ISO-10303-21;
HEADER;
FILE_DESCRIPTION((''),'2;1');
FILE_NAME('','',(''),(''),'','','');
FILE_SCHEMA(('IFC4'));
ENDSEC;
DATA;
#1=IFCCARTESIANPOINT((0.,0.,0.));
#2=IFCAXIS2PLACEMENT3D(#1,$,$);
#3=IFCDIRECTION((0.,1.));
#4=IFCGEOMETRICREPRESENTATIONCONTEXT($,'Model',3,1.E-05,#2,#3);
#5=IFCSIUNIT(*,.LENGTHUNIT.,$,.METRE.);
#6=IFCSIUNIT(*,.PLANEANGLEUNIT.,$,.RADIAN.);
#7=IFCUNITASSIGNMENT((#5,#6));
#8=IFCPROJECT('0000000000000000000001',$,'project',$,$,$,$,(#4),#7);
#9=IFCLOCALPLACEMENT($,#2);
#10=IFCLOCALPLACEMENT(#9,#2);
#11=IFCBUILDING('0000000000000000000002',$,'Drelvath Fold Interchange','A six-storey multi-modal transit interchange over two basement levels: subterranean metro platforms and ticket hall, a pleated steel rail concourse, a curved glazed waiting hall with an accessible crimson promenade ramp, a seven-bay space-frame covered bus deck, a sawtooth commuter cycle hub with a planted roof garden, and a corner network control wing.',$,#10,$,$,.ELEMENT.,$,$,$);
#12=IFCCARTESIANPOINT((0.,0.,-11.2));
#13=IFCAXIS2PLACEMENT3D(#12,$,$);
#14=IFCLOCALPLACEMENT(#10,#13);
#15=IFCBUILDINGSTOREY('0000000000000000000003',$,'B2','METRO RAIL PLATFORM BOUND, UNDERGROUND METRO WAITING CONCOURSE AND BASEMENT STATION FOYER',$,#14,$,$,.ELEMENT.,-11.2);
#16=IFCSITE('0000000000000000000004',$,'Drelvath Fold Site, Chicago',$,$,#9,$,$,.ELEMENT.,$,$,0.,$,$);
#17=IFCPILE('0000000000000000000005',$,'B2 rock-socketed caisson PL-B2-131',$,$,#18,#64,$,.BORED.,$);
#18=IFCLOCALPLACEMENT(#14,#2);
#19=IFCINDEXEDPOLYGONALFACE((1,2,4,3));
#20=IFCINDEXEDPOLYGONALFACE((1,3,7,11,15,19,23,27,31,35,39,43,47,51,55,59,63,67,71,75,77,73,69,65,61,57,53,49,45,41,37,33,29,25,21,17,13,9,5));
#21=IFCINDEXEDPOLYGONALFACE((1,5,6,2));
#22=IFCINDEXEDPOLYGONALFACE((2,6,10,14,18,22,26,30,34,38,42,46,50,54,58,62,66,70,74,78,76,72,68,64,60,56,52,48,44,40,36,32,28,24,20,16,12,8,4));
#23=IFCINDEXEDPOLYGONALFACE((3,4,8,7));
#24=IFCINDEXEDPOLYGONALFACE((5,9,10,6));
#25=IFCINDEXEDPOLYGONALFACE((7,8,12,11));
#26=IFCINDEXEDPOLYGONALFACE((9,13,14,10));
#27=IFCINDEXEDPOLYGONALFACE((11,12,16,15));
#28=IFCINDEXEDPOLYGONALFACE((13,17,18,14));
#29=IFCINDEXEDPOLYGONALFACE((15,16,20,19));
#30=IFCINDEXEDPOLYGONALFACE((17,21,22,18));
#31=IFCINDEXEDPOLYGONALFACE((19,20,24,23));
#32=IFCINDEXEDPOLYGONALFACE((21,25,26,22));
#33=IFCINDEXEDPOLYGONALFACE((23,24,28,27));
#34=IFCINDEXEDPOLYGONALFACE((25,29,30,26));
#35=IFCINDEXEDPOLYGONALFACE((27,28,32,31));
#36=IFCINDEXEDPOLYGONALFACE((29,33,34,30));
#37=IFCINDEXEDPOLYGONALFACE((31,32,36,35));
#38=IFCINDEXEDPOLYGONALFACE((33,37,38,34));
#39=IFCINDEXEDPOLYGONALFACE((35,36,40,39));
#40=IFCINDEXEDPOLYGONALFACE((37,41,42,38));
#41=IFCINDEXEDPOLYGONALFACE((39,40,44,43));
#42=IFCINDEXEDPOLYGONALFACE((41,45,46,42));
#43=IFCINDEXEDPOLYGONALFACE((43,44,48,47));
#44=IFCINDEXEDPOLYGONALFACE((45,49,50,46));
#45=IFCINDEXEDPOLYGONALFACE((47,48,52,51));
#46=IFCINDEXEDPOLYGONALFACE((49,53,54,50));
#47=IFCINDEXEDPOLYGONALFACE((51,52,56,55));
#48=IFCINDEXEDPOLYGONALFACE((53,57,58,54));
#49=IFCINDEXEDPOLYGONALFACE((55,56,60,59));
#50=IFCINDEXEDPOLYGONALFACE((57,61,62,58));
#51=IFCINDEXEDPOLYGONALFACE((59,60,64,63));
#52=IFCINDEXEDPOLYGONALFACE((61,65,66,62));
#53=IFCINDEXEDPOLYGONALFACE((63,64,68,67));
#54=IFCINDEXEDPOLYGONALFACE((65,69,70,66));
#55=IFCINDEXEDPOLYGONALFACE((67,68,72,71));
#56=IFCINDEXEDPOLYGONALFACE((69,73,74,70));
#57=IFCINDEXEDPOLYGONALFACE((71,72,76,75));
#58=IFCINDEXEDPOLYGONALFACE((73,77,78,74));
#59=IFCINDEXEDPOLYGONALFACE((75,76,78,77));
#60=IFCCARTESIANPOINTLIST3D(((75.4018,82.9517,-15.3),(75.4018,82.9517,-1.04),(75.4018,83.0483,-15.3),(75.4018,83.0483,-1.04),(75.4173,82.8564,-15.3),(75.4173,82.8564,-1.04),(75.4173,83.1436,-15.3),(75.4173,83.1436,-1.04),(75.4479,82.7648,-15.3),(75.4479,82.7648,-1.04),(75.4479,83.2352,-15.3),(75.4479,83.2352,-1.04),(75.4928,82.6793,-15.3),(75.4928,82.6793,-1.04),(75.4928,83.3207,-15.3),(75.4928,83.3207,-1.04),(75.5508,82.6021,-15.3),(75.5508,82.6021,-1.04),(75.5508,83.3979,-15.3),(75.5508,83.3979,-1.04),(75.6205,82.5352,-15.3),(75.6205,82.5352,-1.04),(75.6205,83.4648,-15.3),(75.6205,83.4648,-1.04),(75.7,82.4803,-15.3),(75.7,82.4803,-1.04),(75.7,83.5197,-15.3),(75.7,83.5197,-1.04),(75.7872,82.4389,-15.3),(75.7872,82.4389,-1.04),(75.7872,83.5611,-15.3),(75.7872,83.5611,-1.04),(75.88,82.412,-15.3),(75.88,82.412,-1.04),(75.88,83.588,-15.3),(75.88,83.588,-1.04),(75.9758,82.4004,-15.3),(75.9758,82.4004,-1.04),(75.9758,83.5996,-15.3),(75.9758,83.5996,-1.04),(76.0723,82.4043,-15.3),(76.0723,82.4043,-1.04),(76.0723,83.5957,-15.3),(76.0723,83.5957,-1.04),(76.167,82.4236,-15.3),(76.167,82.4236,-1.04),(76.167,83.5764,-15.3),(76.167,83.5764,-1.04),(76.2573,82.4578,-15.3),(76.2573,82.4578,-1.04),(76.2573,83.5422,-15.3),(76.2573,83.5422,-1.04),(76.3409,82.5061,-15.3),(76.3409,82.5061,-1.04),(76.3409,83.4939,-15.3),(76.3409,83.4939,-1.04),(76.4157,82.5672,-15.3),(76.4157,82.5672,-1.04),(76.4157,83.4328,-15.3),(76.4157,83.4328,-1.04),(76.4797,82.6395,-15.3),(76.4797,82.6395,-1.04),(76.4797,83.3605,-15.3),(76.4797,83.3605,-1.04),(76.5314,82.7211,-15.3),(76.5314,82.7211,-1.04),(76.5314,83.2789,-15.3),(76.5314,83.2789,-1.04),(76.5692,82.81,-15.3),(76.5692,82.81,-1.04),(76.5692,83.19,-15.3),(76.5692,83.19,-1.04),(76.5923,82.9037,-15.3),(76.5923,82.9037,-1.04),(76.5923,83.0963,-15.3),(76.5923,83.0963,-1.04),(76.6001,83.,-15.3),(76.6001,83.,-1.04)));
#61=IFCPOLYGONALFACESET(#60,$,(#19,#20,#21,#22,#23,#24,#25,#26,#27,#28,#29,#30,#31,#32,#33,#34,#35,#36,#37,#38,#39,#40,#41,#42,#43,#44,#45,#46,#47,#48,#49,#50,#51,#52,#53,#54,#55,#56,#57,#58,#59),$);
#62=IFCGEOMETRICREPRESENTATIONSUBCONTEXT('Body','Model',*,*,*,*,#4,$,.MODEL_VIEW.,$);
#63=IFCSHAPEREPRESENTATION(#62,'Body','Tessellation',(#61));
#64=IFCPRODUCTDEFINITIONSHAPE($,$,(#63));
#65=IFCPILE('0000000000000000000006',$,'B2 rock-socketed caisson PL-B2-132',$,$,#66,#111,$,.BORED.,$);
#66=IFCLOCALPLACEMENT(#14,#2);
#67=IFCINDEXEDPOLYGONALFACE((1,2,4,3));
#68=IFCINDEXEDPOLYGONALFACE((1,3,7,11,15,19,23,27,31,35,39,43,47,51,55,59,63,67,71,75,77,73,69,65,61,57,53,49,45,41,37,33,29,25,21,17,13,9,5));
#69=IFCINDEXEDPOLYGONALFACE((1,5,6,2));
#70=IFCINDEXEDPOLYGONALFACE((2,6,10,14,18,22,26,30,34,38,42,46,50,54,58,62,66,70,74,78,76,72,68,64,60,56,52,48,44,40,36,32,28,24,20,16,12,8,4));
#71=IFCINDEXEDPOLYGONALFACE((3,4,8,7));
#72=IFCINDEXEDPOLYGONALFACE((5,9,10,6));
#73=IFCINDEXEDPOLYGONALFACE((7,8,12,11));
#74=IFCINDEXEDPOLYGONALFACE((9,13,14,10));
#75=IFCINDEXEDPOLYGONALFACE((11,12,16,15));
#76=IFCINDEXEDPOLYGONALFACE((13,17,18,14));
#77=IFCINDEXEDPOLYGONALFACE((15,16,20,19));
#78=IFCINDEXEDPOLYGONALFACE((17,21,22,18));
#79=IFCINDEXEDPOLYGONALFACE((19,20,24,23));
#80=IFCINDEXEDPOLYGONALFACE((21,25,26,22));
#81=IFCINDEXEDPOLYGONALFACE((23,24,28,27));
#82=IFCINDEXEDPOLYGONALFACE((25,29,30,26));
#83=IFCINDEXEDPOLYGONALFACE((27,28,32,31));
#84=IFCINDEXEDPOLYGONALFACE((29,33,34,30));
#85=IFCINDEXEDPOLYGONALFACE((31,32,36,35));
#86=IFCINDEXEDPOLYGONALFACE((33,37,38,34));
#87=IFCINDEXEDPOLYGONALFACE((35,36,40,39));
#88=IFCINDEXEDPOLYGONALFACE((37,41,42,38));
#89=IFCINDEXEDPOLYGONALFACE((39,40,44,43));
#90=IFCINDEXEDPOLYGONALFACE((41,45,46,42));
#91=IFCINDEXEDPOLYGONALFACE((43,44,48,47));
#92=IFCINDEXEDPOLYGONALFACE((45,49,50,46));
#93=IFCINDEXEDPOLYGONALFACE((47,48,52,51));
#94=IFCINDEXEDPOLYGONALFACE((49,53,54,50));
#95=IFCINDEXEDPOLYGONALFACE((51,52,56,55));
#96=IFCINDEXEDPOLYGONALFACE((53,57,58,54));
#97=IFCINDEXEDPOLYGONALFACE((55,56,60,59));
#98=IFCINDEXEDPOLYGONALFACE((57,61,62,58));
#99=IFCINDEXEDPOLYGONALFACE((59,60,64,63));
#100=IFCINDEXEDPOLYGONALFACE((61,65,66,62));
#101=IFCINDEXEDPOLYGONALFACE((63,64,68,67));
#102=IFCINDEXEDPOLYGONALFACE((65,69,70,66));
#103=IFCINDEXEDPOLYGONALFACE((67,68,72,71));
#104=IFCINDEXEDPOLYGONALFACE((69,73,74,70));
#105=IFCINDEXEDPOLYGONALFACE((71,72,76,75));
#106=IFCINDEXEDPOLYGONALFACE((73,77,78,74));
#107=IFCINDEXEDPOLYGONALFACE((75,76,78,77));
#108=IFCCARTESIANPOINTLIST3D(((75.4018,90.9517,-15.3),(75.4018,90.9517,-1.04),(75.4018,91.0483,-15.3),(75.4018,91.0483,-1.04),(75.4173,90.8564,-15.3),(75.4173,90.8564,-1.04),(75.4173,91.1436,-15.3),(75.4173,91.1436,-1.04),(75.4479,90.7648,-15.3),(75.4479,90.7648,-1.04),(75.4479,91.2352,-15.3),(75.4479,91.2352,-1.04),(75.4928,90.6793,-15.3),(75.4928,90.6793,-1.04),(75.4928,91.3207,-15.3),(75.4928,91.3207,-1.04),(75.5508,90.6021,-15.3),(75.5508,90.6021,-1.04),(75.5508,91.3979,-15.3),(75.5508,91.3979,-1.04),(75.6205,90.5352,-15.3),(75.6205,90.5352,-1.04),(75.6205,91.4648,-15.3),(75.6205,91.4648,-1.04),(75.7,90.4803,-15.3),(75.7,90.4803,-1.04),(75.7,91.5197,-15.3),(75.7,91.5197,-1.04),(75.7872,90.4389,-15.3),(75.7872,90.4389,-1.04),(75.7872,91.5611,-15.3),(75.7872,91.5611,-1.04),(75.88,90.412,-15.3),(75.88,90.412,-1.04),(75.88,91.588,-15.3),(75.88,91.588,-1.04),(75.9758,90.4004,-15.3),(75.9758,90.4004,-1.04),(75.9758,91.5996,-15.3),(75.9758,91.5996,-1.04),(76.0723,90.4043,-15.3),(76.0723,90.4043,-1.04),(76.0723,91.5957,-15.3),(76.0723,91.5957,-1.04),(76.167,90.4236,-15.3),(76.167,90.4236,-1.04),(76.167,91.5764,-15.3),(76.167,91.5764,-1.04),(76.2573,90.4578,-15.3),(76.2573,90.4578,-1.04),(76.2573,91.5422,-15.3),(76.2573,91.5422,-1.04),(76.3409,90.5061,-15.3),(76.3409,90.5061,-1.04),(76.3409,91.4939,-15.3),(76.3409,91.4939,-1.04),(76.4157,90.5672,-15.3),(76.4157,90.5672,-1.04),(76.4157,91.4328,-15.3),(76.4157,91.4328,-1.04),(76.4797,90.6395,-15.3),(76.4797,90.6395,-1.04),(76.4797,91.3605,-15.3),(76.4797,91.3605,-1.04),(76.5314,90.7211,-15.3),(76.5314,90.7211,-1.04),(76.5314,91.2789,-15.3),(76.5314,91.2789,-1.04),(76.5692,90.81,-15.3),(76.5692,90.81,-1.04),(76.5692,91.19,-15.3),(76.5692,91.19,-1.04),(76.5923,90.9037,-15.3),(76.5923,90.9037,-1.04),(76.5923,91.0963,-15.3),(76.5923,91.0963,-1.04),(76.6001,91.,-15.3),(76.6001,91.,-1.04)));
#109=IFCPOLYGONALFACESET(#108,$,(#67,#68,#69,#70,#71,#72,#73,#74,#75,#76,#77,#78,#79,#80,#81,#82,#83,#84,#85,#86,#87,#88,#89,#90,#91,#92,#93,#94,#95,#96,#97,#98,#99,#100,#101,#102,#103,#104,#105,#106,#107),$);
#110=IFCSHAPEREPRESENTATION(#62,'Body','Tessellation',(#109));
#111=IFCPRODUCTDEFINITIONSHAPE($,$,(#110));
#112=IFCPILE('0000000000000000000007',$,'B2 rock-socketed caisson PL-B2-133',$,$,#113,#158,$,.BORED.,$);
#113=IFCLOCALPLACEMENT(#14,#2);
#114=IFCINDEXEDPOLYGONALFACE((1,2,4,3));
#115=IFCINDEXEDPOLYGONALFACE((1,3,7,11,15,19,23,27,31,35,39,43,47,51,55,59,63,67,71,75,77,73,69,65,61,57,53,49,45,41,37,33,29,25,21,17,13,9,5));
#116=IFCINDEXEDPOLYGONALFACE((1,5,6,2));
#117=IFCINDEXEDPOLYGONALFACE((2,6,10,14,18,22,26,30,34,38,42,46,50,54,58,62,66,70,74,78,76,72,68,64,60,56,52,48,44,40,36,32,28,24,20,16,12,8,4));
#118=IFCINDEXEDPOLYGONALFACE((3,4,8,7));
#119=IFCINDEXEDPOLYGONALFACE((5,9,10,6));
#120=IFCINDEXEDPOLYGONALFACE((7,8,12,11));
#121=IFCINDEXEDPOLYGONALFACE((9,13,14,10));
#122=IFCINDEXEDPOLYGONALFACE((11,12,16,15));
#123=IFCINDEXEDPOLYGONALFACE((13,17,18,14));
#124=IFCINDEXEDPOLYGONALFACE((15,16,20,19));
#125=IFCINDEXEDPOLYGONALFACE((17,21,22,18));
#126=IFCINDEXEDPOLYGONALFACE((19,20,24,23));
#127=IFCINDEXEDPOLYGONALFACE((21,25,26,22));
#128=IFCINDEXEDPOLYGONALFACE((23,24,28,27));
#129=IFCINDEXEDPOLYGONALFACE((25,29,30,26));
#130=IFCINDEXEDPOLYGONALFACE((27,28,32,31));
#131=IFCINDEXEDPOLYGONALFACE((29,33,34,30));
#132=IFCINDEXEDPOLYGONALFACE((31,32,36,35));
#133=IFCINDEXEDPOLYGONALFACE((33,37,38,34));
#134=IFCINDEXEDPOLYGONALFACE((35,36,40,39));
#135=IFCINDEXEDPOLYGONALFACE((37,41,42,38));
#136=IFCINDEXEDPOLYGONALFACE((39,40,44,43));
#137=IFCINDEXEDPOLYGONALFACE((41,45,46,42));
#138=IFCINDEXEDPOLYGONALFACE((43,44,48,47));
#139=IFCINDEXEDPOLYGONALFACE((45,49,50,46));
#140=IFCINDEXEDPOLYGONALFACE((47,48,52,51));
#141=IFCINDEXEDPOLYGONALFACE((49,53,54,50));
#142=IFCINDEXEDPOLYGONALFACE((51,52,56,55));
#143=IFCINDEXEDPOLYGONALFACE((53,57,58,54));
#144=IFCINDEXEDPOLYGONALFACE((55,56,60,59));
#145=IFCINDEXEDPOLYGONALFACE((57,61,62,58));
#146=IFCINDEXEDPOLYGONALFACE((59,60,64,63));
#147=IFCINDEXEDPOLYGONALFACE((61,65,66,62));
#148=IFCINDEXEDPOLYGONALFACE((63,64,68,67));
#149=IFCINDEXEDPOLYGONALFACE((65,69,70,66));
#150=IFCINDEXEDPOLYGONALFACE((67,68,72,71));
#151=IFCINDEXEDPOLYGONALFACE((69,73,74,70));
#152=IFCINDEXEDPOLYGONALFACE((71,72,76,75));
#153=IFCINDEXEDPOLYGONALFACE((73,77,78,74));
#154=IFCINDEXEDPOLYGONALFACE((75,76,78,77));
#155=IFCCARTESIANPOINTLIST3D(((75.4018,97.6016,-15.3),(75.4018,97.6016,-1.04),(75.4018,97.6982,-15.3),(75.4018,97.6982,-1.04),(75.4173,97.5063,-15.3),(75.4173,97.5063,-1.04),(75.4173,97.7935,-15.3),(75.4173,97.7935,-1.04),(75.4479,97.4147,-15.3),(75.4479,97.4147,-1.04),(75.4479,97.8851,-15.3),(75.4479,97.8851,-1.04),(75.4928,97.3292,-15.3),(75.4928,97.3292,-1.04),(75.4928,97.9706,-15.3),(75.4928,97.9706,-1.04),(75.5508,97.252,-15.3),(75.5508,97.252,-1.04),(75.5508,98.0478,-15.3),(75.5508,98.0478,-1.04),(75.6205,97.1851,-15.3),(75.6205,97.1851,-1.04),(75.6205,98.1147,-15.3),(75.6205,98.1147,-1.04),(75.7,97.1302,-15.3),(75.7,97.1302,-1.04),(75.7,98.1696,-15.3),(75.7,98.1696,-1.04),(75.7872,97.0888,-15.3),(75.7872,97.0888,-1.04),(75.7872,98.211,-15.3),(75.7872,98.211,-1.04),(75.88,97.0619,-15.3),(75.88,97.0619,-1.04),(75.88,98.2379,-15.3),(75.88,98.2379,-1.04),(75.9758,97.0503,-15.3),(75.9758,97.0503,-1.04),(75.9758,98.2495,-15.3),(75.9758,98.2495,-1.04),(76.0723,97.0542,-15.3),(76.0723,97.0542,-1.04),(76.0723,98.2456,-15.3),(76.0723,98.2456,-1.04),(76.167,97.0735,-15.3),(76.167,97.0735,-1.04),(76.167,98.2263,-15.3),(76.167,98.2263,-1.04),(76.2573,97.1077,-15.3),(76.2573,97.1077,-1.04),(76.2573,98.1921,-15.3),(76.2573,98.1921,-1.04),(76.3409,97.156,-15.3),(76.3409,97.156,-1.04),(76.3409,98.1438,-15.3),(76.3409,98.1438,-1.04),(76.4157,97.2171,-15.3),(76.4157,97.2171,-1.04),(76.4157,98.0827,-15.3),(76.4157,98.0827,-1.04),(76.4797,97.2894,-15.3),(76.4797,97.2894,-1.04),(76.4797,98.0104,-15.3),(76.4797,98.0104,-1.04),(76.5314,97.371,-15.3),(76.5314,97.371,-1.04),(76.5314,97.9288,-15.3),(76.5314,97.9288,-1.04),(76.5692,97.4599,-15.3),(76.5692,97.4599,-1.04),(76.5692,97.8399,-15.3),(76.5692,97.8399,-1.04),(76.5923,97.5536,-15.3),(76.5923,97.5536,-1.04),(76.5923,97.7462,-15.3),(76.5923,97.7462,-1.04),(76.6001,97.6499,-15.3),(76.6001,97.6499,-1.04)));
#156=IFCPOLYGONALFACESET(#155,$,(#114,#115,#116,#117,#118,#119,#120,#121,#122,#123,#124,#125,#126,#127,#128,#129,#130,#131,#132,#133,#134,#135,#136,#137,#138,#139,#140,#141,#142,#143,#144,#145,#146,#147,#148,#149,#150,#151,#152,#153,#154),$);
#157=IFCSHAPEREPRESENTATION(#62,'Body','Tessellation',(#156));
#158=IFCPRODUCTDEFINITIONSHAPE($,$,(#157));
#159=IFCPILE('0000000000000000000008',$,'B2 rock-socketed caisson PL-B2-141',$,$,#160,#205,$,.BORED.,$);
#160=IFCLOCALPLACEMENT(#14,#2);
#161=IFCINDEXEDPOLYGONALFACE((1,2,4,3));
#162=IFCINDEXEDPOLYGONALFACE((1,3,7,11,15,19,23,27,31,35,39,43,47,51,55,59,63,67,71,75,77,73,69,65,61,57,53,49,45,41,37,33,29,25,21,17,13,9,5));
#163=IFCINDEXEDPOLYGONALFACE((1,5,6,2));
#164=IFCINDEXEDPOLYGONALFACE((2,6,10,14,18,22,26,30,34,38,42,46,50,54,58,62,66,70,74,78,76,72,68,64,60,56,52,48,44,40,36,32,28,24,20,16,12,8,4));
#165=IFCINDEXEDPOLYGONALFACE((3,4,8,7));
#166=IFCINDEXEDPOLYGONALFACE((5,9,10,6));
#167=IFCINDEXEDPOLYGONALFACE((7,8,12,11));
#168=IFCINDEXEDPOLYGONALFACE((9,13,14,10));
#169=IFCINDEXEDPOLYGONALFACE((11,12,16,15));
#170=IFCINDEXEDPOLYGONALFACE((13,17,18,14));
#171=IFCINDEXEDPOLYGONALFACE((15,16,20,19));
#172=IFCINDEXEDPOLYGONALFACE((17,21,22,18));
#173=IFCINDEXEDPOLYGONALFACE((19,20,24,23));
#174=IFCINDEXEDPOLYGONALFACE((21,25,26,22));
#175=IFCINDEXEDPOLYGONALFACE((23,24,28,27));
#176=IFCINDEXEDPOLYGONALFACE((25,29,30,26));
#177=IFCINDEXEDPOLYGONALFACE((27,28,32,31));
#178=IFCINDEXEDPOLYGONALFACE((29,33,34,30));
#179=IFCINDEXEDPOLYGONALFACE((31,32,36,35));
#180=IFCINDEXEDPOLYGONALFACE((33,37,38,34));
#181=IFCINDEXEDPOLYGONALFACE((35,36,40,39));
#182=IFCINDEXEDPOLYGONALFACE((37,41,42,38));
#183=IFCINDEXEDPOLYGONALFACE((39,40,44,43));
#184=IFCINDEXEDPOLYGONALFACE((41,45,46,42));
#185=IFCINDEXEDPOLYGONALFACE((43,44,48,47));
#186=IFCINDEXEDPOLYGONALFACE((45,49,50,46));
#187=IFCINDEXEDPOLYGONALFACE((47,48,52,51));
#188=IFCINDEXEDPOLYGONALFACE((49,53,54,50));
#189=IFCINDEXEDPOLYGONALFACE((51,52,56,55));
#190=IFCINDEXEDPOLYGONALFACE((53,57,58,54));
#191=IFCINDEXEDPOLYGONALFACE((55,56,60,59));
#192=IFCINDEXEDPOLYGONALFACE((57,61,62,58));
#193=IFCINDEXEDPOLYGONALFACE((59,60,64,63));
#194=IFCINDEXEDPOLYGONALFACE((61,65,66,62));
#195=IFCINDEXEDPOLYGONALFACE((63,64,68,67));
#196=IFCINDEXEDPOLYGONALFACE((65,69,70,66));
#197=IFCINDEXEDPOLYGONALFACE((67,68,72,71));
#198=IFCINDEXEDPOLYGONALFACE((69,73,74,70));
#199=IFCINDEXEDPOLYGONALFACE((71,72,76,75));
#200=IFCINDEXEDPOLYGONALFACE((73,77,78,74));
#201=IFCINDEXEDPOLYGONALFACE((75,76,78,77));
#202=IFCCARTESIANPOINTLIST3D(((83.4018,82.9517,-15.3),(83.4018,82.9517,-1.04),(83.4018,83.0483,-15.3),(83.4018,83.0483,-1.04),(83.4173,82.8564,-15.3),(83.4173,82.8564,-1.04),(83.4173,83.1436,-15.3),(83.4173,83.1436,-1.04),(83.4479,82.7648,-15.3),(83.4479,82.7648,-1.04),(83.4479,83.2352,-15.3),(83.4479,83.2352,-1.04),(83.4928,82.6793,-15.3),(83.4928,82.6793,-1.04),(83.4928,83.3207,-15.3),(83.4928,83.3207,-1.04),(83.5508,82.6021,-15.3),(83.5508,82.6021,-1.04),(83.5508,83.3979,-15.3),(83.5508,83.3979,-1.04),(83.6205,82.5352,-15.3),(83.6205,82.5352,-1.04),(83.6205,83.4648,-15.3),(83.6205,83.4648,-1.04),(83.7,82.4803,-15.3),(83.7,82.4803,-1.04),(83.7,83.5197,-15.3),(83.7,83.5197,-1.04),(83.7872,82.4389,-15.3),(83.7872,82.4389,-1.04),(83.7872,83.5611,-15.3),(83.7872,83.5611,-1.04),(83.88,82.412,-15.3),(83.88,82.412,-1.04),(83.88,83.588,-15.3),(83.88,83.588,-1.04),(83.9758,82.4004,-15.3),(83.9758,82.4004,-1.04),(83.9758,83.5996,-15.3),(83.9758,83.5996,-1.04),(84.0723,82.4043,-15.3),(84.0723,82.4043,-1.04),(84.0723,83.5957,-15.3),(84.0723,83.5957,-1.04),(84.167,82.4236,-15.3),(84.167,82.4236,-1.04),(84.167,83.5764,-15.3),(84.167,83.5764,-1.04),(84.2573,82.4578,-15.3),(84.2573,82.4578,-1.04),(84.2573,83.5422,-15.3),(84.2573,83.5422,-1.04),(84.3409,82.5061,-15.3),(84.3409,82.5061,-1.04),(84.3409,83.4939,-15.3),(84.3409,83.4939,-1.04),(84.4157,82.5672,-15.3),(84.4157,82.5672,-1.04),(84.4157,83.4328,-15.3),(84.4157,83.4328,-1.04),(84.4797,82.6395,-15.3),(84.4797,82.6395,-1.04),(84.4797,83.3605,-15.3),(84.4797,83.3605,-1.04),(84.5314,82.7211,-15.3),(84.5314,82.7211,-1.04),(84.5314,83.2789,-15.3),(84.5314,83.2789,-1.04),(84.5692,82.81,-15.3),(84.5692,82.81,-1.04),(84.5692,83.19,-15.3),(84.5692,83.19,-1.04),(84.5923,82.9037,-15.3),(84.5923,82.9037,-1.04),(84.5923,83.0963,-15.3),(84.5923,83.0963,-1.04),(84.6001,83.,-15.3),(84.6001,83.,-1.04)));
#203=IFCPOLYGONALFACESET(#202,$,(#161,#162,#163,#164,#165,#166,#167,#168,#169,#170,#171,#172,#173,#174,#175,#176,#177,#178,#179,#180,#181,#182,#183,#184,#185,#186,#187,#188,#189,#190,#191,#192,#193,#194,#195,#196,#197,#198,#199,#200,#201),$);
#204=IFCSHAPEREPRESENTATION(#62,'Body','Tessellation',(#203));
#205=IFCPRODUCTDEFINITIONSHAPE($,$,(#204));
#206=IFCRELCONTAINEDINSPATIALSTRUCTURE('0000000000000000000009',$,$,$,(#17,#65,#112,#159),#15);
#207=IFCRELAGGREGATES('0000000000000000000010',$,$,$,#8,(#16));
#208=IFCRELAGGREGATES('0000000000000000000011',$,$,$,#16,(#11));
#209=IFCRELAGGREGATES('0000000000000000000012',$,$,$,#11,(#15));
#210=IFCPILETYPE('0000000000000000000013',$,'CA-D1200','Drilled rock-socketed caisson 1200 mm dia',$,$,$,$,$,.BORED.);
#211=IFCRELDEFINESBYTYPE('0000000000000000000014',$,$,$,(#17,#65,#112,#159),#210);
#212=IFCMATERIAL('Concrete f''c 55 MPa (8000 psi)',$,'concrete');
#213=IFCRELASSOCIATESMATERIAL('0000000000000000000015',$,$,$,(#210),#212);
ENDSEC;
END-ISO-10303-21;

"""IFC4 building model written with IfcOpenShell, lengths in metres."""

from ifc_helpers import new_model, si_unit, direction, frame, origin, origin_2d, place, context, subcontext, project, spatial, circle, extrude, material, material_profile, profile_set, type_object, element, save


model = new_model("IFC4")

# Units and contexts
model_context = context("Model", 3, precision=1e-05, world=origin(), true_north=direction((0.0, 1.0)))
body_context = subcontext(model_context, "Body", "Model", "MODEL_VIEW")
ifc_project = project(units=[si_unit("LENGTHUNIT", "METRE"), si_unit("PLANEANGLEUNIT", "RADIAN")], contexts=[model_context])

# Site, building, storey
site_placement = place(None, origin())
site = spatial("IfcSite", under=ifc_project, at=site_placement, Name="Drelvath Fold Site, Chicago", CompositionType="ELEMENT", RefElevation=0.0)
building_placement = place(site_placement, origin())
building = spatial("IfcBuilding", under=site, at=building_placement, Name="Drelvath Fold Interchange", Description="A six-storey multi-modal transit interchange over two basement levels: subterranean metro platforms and ticket hall, a pleated steel rail concourse, a curved glazed waiting hall with an accessible crimson promenade ramp, a seven-bay space-frame covered bus deck, a sawtooth commuter cycle hub with a planted roof garden, and a corner network control wing.", CompositionType="ELEMENT")
storey_placement = place(building_placement, frame((0.0, 0.0, -11.2)))
storey = spatial("IfcBuildingStorey", under=building, at=storey_placement, Name="B2", Description="METRO RAIL PLATFORM BOUND, UNDERGROUND METRO WAITING CONCOURSE AND BASEMENT STATION FOYER", CompositionType="ELEMENT", Elevation=-11.2)

# Piles
ifc_material_1 = material(Name="Concrete f'c 55 MPa (8000 psi)", Category="concrete")
ifc_material_profile_1 = material_profile(ifc_material_1, circle(Radius=0.6001, at=origin_2d()), Name="CAISSON D1200")
ifc_profile_set_1 = profile_set([ifc_material_profile_1], Name="Concrete f'c 55 MPa (8000 psi)")
pile_type = type_object("IfcPileType", Name="CA-D1200", Description="Drilled rock-socketed caisson 1200 mm dia", PredefinedType="BORED", material=ifc_profile_set_1)
for number, where, z_axis, x_axis, name in (
    (1, (76.0, 83.0, -1.04), (0.0, 0.0, -1.0), (1.0, 0.0, 0.0), "B2 rock-socketed caisson PL-B2-131"),
    (2, (76.0, 91.0, -1.04), (0.0, 0.0, -1.0), (1.0, 0.0, 0.0), "B2 rock-socketed caisson PL-B2-132"),
    (3, (76.0, 97.6499, -1.04), (0.0, 0.0, -1.0), (1.0, 0.0, 0.0), "B2 rock-socketed caisson PL-B2-133"),
    (4, (84.0, 83.0, -1.04), (0.0, 0.0, -1.0), (1.0, 0.0, 0.0), "B2 rock-socketed caisson PL-B2-141"),
):
    element("IfcPile", number, at=place(storey_placement, frame(where, z_axis=z_axis, x_axis=x_axis)), inside=storey, type_object=pile_type, Name=name, PredefinedType="BORED", context=body_context, shape_type="SweptSolid", body=[
        extrude(circle(Radius=0.6001, at=origin_2d()), origin(), (0.0, 0.0, 1.0), 14.26),
    ])

save(model, "model.ifc")
